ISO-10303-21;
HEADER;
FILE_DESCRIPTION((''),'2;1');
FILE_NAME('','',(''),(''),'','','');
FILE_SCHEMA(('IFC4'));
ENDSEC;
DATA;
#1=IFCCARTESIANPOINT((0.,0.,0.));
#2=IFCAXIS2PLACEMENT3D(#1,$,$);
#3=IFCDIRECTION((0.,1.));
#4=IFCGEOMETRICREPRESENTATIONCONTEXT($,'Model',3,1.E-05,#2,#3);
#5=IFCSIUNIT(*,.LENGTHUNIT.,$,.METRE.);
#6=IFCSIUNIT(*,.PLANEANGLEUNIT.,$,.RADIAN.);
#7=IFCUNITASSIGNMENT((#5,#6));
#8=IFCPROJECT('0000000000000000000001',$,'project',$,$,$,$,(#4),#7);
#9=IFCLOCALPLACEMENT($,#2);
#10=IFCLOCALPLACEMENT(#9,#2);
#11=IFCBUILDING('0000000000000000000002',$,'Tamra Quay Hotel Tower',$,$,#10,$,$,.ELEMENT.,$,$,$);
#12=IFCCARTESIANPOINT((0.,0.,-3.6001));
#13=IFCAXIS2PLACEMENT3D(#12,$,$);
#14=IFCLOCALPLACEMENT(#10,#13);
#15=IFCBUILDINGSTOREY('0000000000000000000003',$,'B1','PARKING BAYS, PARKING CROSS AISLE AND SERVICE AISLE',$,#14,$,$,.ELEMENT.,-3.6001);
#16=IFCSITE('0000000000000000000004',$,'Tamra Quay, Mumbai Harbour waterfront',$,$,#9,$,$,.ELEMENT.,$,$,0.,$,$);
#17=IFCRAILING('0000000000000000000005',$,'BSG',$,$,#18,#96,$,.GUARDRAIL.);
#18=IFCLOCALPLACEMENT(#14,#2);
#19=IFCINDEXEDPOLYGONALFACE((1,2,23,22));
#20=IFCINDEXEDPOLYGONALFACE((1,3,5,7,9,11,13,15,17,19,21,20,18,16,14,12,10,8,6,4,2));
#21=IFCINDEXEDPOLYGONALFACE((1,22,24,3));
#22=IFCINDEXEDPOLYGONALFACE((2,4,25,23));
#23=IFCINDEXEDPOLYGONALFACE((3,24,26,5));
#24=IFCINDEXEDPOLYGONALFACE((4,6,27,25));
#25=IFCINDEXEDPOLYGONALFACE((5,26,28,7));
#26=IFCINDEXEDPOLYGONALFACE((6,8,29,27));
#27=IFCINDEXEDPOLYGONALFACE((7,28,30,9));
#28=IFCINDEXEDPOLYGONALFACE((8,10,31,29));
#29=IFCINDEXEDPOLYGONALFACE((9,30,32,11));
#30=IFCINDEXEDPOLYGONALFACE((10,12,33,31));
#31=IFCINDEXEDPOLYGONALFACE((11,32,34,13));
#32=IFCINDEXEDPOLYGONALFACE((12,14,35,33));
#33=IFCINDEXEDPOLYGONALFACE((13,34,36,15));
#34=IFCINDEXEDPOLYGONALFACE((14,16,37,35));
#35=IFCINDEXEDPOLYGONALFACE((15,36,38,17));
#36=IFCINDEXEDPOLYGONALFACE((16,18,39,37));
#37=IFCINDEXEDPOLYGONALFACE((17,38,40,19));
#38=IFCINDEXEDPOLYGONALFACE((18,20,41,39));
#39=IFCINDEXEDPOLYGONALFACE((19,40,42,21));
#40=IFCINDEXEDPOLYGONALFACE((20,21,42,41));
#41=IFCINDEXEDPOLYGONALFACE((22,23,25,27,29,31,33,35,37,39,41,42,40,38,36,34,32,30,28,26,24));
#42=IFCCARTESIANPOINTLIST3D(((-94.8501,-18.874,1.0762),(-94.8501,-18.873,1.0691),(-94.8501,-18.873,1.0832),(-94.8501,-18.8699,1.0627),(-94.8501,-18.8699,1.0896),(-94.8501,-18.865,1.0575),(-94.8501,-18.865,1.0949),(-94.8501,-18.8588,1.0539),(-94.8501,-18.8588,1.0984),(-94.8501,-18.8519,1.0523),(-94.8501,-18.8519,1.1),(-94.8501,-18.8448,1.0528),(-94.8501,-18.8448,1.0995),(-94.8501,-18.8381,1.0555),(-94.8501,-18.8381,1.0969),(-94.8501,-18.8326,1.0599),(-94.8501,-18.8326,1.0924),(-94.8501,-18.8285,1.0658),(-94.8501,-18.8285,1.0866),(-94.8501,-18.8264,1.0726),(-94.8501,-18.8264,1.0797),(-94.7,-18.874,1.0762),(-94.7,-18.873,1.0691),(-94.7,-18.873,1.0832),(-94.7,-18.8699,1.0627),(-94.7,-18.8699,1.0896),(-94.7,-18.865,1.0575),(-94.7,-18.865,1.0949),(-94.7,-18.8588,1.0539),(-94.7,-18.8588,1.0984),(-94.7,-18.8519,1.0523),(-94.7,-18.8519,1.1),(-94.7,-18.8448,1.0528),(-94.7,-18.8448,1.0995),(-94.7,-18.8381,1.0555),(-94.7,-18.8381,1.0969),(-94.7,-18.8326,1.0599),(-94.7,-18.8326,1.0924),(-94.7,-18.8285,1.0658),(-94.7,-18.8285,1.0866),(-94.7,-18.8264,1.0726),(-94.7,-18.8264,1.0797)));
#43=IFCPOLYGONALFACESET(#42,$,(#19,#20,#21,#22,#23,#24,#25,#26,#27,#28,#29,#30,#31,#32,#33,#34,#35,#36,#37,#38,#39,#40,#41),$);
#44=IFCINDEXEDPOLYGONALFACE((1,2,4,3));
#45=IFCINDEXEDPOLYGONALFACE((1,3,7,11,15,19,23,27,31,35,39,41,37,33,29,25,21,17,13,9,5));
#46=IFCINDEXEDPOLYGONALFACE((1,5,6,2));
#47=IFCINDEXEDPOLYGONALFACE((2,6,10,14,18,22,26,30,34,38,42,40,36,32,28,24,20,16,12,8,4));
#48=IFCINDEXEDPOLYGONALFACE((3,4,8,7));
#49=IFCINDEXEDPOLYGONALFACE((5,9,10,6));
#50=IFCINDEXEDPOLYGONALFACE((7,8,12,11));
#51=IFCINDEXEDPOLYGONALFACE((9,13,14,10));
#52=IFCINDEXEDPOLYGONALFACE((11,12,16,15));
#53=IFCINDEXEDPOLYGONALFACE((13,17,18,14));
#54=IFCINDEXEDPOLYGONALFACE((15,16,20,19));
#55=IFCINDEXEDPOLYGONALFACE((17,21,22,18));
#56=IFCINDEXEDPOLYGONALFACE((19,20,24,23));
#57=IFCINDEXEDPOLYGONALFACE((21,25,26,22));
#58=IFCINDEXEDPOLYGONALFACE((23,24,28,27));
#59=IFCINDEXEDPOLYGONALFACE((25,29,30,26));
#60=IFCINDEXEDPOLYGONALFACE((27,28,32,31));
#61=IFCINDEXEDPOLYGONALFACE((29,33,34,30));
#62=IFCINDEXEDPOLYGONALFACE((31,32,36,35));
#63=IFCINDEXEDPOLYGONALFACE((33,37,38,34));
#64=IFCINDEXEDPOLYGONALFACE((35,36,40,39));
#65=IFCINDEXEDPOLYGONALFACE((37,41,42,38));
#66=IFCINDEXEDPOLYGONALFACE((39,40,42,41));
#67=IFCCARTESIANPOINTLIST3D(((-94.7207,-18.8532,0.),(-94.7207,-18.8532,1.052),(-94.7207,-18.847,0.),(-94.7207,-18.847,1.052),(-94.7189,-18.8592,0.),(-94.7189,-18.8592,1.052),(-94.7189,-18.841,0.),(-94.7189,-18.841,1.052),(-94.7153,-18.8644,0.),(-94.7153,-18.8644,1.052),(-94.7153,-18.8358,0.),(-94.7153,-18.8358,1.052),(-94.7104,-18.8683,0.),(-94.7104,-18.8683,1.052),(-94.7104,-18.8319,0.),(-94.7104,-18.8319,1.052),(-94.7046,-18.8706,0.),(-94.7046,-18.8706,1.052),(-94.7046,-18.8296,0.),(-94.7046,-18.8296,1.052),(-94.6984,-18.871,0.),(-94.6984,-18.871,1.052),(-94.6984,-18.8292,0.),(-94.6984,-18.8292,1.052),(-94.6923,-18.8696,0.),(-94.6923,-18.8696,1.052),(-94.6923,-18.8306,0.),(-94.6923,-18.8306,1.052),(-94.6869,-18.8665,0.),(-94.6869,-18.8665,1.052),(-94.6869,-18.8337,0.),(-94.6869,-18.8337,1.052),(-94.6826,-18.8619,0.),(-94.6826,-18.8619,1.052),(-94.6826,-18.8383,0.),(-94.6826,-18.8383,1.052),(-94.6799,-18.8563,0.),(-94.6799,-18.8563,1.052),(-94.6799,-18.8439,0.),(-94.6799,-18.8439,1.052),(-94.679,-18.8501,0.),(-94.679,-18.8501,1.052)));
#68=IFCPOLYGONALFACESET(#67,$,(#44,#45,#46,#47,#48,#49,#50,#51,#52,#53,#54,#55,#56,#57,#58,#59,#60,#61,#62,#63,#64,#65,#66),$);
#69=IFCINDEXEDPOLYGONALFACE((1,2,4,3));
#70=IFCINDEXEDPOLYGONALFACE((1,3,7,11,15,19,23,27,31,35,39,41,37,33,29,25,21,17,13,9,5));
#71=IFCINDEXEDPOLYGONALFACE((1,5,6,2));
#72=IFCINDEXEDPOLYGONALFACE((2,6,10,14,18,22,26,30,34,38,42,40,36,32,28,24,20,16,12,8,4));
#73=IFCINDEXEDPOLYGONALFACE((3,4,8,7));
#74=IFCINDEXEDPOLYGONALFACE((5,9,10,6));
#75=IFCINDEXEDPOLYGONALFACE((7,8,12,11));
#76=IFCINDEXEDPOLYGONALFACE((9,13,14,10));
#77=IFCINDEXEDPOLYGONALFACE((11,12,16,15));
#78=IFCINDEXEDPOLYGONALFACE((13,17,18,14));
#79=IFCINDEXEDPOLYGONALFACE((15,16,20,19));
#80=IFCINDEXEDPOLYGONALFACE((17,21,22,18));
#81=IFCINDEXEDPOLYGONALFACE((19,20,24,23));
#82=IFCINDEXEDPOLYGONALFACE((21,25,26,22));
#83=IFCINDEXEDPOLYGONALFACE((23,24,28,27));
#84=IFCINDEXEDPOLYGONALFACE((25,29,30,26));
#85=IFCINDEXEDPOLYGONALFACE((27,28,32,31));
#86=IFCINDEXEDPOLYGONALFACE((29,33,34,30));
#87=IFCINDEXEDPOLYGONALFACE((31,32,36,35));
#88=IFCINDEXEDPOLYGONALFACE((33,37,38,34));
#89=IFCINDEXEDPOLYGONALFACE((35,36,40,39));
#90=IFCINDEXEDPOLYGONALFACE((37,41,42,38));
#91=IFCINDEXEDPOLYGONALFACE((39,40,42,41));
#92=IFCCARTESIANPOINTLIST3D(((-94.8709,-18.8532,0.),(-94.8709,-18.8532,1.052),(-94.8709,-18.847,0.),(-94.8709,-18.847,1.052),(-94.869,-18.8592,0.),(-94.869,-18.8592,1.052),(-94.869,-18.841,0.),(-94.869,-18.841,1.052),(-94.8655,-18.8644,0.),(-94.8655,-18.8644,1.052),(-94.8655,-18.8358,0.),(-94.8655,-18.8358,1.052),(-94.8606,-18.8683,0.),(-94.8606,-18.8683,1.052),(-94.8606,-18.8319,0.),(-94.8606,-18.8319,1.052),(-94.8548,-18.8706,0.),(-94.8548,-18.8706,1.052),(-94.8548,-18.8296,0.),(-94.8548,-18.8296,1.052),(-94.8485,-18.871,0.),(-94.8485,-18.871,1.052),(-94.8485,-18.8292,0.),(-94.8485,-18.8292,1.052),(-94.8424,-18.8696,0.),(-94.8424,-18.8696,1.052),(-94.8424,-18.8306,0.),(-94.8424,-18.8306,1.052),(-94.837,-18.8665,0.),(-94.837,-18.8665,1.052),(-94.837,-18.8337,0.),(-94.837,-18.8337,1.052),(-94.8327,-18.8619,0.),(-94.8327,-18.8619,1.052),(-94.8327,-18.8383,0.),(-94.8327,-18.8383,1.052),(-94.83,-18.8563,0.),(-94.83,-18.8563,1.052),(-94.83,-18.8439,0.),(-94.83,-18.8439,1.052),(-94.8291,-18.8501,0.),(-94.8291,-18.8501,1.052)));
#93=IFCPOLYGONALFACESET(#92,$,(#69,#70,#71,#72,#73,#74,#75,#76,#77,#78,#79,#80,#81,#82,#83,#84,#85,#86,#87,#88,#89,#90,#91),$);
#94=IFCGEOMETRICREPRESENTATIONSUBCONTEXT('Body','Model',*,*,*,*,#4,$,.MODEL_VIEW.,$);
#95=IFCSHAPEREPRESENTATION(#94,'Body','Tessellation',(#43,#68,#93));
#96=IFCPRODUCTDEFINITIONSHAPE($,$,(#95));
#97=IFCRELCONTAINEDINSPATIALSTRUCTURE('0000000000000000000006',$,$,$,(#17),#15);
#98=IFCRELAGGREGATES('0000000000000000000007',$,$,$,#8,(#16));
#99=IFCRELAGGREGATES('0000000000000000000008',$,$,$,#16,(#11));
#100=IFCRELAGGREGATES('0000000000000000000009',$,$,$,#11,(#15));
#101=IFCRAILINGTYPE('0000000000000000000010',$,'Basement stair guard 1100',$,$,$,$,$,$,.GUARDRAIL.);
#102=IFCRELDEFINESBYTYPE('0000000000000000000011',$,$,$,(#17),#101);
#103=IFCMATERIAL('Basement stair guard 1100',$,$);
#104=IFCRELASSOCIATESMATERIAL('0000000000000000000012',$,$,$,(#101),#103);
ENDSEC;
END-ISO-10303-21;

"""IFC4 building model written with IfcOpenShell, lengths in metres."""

from ifc_helpers import new_model, si_unit, direction, frame, origin, origin_2d, place, context, subcontext, project, spatial, circle, extrude, material, type_object, element, save


model = new_model("IFC4")

# Units and contexts
model_context = context("Model", 3, precision=1e-05, world=origin(), true_north=direction((0.0, 1.0)))
body_context = subcontext(model_context, "Body", "Model", "MODEL_VIEW")
ifc_project = project(units=[si_unit("LENGTHUNIT", "METRE"), si_unit("PLANEANGLEUNIT", "RADIAN")], contexts=[model_context])

# Site, building, storey
site_placement = place(None, origin())
site = spatial("IfcSite", under=ifc_project, at=site_placement, Name="Tamra Quay, Mumbai Harbour waterfront", CompositionType="ELEMENT", RefElevation=0.0)
building_placement = place(site_placement, origin())
building = spatial("IfcBuilding", under=site, at=building_placement, Name="Tamra Quay Hotel Tower", CompositionType="ELEMENT")
storey_placement = place(building_placement, frame((0.0, 0.0, -3.6001)))
storey = spatial("IfcBuildingStorey", under=building, at=storey_placement, Name="B1", Description="PARKING BAYS, PARKING CROSS AISLE AND SERVICE AISLE", CompositionType="ELEMENT", Elevation=-3.6001)

# Railing
ifc_material_1 = material(Name="Basement stair guard 1100")
railing_type_1 = type_object("IfcRailingType", Name="Basement stair guard 1100", PredefinedType="GUARDRAIL", material=ifc_material_1)
railing_1_placement = place(storey_placement, frame((-94.7, -18.8501, 0.0)))
element("IfcRailing", 1, at=railing_1_placement, inside=storey, type_object=railing_type_1, Name="BSG", PredefinedType="GUARDRAIL", context=body_context, shape_type="SweptSolid", body=[
    extrude(circle(Radius=0.0239, at=origin_2d()), frame((0.0, 0.0, 1.0762), z_axis=(-1.0, 0.0, 0.0), x_axis=(0.0, -1.0, 0.0)), (0.0, 0.0, 1.0), 0.1501),
    extrude(circle(Radius=0.021, at=origin_2d()), origin(), (0.0, 0.0, 1.0), 1.052),
    extrude(circle(Radius=0.021, at=origin_2d()), frame((-0.1501, 0.0, 0.0)), (0.0, 0.0, 1.0), 1.052),
])

save(model, "model.ifc")
